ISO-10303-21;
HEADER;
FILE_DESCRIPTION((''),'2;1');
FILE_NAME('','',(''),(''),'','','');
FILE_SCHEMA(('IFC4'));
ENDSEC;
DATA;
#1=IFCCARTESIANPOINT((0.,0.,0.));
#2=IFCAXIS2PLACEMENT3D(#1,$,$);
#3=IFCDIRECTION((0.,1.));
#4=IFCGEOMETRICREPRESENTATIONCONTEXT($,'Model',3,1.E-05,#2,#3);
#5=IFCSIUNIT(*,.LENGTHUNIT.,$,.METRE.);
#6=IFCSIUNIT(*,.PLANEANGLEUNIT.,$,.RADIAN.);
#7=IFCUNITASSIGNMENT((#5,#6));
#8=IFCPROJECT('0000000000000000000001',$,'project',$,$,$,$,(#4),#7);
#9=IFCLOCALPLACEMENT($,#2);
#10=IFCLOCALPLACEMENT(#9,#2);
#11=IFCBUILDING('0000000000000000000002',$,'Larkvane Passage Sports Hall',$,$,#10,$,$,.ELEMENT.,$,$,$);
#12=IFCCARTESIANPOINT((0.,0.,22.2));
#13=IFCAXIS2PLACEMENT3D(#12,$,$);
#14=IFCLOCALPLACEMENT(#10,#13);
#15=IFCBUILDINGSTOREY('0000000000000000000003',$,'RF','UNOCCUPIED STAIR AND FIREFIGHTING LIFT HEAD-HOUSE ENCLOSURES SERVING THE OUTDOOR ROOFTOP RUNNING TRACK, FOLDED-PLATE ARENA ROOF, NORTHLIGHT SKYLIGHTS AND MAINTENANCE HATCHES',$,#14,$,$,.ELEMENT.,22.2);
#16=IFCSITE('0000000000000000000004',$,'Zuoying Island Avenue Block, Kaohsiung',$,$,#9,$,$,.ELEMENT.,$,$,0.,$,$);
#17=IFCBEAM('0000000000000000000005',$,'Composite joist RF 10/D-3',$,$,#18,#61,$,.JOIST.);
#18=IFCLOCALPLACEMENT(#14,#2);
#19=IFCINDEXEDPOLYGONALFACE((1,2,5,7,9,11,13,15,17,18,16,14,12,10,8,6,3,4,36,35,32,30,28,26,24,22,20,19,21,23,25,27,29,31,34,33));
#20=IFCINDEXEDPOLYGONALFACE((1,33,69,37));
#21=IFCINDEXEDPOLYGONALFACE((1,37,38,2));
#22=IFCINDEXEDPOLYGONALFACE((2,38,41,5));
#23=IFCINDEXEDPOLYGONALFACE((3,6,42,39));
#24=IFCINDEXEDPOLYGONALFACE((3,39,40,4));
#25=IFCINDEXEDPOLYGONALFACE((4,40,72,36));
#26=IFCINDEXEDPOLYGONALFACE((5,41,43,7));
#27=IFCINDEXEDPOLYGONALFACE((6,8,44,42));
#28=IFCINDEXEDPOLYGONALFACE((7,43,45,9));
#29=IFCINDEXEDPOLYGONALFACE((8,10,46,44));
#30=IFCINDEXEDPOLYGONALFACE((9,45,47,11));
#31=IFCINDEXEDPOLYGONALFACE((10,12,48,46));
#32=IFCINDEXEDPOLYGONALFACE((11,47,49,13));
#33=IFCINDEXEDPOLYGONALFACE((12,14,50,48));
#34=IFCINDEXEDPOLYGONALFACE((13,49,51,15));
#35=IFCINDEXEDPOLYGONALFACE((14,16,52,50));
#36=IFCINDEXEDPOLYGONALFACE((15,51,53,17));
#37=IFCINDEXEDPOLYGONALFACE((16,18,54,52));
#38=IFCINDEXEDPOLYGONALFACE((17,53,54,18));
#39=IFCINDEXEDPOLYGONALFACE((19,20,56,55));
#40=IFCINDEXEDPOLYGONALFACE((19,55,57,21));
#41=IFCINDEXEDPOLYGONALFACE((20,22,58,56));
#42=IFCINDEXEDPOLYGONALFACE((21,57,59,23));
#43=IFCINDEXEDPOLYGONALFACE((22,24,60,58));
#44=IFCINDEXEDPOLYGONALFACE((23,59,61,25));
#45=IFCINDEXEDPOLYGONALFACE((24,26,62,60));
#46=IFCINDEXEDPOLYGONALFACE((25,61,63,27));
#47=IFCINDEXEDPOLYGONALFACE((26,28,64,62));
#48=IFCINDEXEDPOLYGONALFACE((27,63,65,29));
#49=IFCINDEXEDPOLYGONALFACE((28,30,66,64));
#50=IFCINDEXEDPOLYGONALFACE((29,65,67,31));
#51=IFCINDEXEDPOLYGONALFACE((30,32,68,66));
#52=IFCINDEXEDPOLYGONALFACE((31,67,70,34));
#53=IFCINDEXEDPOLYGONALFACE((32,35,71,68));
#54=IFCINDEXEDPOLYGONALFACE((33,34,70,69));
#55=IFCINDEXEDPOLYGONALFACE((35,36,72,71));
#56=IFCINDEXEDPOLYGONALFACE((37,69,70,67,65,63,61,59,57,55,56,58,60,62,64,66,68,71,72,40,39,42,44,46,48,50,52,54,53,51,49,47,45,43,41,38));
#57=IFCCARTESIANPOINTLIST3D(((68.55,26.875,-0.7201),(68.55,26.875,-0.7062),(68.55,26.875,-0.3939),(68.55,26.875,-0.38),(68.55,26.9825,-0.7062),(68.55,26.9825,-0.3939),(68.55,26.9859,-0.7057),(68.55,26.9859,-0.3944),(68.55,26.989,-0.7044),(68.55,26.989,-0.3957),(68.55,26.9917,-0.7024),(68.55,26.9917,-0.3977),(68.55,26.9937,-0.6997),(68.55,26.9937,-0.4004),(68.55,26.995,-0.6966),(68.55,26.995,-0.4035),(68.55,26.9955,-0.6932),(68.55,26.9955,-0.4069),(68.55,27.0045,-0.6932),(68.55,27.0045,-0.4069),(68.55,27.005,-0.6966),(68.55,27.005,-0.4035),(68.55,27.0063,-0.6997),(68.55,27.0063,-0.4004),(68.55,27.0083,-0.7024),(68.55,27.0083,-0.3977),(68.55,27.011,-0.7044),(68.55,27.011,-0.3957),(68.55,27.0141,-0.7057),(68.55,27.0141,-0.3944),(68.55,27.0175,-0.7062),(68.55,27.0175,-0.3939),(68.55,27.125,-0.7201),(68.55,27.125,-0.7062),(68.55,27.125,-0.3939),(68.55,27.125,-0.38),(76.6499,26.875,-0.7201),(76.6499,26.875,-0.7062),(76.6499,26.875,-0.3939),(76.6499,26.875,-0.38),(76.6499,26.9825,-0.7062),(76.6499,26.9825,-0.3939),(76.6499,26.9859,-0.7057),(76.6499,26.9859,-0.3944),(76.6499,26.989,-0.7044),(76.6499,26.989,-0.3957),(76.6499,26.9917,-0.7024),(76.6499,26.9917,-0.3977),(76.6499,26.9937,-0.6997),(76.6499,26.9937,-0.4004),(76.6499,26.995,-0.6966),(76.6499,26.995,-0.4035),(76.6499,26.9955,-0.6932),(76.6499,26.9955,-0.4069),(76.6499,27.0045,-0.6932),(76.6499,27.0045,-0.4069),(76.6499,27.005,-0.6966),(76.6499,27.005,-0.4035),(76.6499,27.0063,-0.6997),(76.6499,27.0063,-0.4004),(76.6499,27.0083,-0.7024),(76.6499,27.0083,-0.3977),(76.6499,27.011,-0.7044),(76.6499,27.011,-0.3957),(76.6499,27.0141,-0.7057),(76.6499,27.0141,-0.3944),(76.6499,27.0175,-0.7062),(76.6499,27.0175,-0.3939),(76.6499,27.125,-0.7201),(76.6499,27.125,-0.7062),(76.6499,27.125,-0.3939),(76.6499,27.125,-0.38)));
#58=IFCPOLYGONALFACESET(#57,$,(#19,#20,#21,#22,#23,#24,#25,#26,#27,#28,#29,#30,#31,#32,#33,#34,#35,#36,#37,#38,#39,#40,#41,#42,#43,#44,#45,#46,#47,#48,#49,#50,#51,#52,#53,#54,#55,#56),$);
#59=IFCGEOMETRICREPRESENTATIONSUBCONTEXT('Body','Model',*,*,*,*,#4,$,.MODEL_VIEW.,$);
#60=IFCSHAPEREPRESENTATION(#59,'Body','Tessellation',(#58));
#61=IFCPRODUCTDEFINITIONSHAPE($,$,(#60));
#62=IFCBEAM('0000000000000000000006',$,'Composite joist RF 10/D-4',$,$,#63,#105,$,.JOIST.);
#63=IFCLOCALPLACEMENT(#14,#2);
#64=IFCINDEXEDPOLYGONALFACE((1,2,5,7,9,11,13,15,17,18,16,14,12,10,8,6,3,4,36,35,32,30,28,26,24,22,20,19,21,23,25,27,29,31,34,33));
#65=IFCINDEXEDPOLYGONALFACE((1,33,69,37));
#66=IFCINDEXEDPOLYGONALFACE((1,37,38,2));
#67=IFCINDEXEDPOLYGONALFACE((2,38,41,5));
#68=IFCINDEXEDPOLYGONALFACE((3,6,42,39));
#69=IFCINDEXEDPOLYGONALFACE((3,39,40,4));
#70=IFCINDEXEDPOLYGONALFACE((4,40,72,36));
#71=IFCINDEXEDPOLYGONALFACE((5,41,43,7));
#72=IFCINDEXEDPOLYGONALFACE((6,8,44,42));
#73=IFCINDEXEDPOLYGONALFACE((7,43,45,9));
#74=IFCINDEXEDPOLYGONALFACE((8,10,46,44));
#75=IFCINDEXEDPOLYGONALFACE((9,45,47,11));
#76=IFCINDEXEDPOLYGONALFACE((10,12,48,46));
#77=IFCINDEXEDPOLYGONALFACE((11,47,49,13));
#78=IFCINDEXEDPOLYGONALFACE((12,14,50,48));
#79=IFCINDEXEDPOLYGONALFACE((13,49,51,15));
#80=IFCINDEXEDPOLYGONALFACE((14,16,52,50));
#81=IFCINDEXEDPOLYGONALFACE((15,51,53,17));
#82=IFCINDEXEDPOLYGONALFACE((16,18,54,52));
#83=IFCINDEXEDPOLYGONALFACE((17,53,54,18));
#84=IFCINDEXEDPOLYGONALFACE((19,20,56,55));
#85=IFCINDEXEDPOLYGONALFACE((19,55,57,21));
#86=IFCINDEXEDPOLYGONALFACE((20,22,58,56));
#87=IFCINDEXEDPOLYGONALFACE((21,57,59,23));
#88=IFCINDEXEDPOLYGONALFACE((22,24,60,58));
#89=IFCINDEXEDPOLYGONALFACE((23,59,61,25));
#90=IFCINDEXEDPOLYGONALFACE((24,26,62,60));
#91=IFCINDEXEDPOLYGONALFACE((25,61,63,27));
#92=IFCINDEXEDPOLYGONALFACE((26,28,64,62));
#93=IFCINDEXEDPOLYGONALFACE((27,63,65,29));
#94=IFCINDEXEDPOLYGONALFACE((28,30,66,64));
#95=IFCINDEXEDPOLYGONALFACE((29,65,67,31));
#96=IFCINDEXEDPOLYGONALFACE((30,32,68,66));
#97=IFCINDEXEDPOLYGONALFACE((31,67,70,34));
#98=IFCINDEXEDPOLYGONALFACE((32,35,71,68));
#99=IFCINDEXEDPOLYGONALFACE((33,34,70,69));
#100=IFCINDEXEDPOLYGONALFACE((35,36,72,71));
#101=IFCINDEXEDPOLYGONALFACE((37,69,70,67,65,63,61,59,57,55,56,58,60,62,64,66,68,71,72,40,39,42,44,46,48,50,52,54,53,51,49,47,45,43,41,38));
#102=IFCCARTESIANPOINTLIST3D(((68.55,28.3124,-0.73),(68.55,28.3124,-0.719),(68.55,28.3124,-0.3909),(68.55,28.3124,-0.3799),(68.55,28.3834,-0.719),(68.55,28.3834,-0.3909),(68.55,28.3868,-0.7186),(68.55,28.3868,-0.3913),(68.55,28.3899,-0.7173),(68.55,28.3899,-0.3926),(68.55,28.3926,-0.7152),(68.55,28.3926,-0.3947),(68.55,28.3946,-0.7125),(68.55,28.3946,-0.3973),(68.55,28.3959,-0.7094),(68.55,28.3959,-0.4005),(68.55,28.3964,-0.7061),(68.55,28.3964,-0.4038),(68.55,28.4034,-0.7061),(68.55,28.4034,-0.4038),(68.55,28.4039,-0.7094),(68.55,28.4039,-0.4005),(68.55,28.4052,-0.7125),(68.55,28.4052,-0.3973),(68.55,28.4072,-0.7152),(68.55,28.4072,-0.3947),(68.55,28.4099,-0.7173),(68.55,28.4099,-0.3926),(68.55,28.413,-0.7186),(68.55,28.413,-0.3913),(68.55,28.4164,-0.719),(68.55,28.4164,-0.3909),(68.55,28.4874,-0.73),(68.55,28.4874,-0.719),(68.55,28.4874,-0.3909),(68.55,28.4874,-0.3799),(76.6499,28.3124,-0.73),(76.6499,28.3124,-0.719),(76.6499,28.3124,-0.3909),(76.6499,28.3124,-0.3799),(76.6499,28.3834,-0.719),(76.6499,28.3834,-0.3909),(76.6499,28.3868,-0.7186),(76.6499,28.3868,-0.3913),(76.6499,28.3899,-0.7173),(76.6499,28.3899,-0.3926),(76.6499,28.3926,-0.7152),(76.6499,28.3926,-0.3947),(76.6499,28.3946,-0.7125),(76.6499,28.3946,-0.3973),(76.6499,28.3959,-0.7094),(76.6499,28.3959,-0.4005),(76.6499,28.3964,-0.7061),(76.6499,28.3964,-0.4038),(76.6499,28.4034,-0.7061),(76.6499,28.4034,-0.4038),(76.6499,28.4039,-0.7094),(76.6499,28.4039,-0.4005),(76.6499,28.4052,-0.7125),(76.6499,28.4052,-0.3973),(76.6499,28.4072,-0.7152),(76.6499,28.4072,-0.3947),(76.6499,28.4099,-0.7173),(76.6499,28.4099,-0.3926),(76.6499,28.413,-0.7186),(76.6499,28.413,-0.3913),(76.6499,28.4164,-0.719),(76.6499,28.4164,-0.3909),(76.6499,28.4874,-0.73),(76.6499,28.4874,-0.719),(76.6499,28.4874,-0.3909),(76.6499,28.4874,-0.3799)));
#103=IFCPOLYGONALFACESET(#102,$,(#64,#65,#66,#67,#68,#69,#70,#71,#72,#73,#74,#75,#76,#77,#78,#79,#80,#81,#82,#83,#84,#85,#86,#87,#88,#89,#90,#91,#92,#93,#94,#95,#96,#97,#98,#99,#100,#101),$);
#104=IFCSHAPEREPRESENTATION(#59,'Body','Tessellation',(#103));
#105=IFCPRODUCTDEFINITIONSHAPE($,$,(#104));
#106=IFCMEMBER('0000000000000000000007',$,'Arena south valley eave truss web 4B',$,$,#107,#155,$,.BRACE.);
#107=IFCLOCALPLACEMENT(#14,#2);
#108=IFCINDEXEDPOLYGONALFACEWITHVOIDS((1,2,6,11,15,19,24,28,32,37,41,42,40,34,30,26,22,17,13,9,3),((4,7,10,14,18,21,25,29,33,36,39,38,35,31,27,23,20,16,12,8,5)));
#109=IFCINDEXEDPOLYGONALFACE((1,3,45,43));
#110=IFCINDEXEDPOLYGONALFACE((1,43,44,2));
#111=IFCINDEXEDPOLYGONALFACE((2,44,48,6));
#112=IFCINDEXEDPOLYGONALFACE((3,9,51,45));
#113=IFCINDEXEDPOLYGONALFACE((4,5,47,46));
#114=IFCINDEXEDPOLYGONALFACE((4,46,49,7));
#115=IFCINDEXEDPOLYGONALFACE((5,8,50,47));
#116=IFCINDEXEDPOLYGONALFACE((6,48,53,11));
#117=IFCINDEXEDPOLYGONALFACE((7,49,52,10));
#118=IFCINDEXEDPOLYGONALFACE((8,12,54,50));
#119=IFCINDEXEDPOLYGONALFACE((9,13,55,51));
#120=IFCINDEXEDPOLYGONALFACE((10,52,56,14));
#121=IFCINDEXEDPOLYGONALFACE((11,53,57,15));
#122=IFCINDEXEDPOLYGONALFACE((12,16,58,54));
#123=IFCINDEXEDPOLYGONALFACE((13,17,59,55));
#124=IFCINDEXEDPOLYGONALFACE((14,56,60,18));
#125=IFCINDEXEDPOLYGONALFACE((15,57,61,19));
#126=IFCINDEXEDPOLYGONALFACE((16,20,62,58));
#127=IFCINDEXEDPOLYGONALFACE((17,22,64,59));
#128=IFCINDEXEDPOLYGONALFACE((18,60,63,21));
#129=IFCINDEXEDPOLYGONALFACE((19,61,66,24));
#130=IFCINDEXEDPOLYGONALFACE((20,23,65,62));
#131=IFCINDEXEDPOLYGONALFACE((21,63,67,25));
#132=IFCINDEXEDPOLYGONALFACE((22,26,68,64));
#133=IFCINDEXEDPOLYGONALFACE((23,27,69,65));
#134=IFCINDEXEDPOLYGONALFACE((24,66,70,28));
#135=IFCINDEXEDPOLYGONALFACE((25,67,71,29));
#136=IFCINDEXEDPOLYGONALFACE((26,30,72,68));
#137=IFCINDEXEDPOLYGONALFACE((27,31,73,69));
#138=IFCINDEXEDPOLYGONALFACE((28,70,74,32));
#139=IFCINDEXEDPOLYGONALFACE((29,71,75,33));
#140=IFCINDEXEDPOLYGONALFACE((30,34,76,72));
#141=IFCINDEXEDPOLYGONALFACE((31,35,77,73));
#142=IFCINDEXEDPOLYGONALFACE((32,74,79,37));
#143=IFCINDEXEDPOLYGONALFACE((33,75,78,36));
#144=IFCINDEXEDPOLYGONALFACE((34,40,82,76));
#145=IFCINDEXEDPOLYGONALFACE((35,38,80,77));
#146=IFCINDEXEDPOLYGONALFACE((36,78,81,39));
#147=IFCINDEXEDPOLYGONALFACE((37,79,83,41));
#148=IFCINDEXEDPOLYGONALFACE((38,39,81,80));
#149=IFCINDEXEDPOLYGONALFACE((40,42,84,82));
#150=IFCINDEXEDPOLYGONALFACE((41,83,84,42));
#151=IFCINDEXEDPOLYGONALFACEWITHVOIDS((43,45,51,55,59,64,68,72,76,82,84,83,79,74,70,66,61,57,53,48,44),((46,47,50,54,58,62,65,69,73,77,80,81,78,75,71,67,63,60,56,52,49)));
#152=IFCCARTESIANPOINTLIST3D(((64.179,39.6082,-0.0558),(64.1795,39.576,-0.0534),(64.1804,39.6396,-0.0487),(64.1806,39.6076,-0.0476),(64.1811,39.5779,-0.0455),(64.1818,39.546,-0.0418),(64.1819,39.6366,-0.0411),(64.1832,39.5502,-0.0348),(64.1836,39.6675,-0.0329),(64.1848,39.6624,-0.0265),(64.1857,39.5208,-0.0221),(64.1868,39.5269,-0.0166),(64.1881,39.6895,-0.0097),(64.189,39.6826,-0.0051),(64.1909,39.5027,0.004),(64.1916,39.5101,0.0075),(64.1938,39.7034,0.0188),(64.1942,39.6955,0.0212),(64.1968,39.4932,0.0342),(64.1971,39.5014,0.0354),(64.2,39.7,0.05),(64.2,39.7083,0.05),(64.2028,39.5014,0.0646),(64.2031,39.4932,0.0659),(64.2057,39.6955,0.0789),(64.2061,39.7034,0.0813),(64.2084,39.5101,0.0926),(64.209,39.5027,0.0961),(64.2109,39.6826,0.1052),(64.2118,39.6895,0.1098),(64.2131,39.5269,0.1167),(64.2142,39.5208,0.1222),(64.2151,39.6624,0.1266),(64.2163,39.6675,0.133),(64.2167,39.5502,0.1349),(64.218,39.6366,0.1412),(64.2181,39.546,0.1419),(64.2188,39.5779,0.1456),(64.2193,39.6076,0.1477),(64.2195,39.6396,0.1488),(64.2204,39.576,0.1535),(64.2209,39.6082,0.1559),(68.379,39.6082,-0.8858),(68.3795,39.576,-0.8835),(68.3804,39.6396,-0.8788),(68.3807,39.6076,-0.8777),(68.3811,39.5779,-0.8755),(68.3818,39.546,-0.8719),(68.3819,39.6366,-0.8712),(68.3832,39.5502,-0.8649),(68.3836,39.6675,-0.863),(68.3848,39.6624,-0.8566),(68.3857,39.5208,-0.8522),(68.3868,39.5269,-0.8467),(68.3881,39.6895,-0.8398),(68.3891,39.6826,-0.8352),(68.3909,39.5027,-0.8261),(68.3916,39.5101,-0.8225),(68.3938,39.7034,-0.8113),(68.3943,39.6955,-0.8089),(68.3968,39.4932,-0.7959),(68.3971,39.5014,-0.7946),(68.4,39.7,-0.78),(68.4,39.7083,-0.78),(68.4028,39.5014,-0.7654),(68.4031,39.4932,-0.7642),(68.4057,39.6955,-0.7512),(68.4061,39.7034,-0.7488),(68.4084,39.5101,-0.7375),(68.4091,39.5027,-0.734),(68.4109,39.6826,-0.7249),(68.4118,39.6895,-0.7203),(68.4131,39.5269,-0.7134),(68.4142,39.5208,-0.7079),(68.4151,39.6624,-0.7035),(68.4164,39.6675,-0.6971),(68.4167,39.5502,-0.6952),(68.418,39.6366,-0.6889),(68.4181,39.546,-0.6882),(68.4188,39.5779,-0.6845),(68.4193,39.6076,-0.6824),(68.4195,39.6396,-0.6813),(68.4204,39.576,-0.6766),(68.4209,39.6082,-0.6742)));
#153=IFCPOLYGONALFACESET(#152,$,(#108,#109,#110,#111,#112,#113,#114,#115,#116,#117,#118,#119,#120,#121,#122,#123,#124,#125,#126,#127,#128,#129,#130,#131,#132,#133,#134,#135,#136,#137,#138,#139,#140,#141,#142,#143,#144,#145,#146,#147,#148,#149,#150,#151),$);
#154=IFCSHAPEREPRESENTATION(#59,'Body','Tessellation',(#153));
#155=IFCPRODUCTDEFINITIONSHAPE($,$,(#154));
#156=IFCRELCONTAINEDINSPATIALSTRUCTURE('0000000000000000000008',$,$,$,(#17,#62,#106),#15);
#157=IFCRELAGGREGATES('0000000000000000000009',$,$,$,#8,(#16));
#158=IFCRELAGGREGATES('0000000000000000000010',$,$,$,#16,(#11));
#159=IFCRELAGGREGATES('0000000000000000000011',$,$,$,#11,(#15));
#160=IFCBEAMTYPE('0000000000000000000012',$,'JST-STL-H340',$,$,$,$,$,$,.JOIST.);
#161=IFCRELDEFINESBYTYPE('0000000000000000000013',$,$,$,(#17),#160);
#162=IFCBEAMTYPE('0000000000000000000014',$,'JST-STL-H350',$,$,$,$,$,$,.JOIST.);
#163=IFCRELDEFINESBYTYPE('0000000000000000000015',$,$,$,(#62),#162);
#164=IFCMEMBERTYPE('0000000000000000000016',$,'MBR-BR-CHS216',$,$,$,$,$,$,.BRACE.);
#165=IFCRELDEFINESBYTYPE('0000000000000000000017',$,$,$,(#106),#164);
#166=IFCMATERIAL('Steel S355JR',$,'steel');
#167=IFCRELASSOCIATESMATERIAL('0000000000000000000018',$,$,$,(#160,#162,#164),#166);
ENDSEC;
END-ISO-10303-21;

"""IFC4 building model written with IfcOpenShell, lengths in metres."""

from ifc_helpers import new_model, si_unit, direction, frame, origin, origin_2d, place, context, subcontext, project, spatial, hollow_circle, i_section, extrude, material, material_profile, profile_set, type_object, element, save


model = new_model("IFC4")

# Units and contexts
model_context = context("Model", 3, precision=1e-05, world=origin(), true_north=direction((0.0, 1.0)))
body_context = subcontext(model_context, "Body", "Model", "MODEL_VIEW")
ifc_project = project(units=[si_unit("LENGTHUNIT", "METRE"), si_unit("PLANEANGLEUNIT", "RADIAN")], contexts=[model_context])

# Site, building, storey
site_placement = place(None, origin())
site = spatial("IfcSite", under=ifc_project, at=site_placement, Name="Zuoying Island Avenue Block, Kaohsiung", CompositionType="ELEMENT", RefElevation=0.0)
building_placement = place(site_placement, origin())
building = spatial("IfcBuilding", under=site, at=building_placement, Name="Larkvane Passage Sports Hall", CompositionType="ELEMENT")
storey_placement = place(building_placement, frame((0.0, 0.0, 22.2)))
storey = spatial("IfcBuildingStorey", under=building, at=storey_placement, Name="RF", Description="UNOCCUPIED STAIR AND FIREFIGHTING LIFT HEAD-HOUSE ENCLOSURES SERVING THE OUTDOOR ROOFTOP RUNNING TRACK, FOLDED-PLATE ARENA ROOF, NORTHLIGHT SKYLIGHTS AND MAINTENANCE HATCHES", CompositionType="ELEMENT", Elevation=22.2)

# Beams
ifc_material_1 = material(Name="Steel S355JR", Category="steel")
ifc_material_profile_1 = material_profile(ifc_material_1, i_section(OverallWidth=0.25, OverallDepth=0.3401, WebThickness=0.009, FlangeThickness=0.0139, FilletRadius=0.0129, at=origin_2d()), Name="H-340x250x9x14")
ifc_profile_set_1 = profile_set([ifc_material_profile_1], Name="Steel S355JR")
beam_type_1 = type_object("IfcBeamType", Name="JST-STL-H340", PredefinedType="JOIST", material=ifc_profile_set_1)
beam_1_placement = place(storey_placement, frame((68.55, 27.0, -0.55), z_axis=(1.0, 0.0, 0.0), x_axis=(0.0, 1.0, 0.0)))
element("IfcBeam", 1, at=beam_1_placement, inside=storey, type_object=beam_type_1, Name="Composite joist RF 10/D-3", PredefinedType="JOIST", context=body_context, shape_type="SweptSolid", body=[
    extrude(i_section(OverallWidth=0.25, OverallDepth=0.3401, WebThickness=0.009, FlangeThickness=0.0139, FilletRadius=0.0129, at=origin_2d()), origin(), (0.0, 0.0, 1.0), 8.0999),
])
ifc_material_profile_2 = material_profile(ifc_material_1, i_section(OverallWidth=0.175, OverallDepth=0.3501, WebThickness=0.0071, FlangeThickness=0.011, FilletRadius=0.0129, at=origin_2d()), Name="H-350x175x7x11")
ifc_profile_set_2 = profile_set([ifc_material_profile_2], Name="Steel S355JR")
beam_type_2 = type_object("IfcBeamType", Name="JST-STL-H350", PredefinedType="JOIST", material=ifc_profile_set_2)
beam_2_placement = place(storey_placement, frame((68.55, 28.3999, -0.5549), z_axis=(1.0, 0.0, 0.0), x_axis=(0.0, 1.0, 0.0)))
element("IfcBeam", 2, at=beam_2_placement, inside=storey, type_object=beam_type_2, Name="Composite joist RF 10/D-4", PredefinedType="JOIST", context=body_context, shape_type="SweptSolid", body=[
    extrude(i_section(OverallWidth=0.175, OverallDepth=0.3501, WebThickness=0.0071, FlangeThickness=0.011, FilletRadius=0.0129, at=origin_2d()), origin(), (0.0, 0.0, 1.0), 8.0999),
])

# Member
ifc_material_profile_3 = material_profile(ifc_material_1, hollow_circle(Radius=0.1082, WallThickness=0.0083, at=origin_2d()), Name="CHS-216.3x8.2")
ifc_profile_set_3 = profile_set([ifc_material_profile_3], Name="Steel S355JR")
member_type_1 = type_object("IfcMemberType", Name="MBR-BR-CHS216", PredefinedType="BRACE", material=ifc_profile_set_3)
member_1_placement = place(storey_placement, frame((64.2, 39.6001, 0.05), z_axis=(0.981023, 0.0, -0.193889), x_axis=(0.0, 1.0, 0.0)))
element("IfcMember", 3, at=member_1_placement, inside=storey, type_object=member_type_1, Name="Arena south valley eave truss web 4B", PredefinedType="BRACE", context=body_context, shape_type="SweptSolid", body=[
    extrude(hollow_circle(Radius=0.1082, WallThickness=0.0083, at=origin_2d()), origin(), (0.0, 0.0, 1.0), 4.2812),
])

save(model, "model.ifc")
